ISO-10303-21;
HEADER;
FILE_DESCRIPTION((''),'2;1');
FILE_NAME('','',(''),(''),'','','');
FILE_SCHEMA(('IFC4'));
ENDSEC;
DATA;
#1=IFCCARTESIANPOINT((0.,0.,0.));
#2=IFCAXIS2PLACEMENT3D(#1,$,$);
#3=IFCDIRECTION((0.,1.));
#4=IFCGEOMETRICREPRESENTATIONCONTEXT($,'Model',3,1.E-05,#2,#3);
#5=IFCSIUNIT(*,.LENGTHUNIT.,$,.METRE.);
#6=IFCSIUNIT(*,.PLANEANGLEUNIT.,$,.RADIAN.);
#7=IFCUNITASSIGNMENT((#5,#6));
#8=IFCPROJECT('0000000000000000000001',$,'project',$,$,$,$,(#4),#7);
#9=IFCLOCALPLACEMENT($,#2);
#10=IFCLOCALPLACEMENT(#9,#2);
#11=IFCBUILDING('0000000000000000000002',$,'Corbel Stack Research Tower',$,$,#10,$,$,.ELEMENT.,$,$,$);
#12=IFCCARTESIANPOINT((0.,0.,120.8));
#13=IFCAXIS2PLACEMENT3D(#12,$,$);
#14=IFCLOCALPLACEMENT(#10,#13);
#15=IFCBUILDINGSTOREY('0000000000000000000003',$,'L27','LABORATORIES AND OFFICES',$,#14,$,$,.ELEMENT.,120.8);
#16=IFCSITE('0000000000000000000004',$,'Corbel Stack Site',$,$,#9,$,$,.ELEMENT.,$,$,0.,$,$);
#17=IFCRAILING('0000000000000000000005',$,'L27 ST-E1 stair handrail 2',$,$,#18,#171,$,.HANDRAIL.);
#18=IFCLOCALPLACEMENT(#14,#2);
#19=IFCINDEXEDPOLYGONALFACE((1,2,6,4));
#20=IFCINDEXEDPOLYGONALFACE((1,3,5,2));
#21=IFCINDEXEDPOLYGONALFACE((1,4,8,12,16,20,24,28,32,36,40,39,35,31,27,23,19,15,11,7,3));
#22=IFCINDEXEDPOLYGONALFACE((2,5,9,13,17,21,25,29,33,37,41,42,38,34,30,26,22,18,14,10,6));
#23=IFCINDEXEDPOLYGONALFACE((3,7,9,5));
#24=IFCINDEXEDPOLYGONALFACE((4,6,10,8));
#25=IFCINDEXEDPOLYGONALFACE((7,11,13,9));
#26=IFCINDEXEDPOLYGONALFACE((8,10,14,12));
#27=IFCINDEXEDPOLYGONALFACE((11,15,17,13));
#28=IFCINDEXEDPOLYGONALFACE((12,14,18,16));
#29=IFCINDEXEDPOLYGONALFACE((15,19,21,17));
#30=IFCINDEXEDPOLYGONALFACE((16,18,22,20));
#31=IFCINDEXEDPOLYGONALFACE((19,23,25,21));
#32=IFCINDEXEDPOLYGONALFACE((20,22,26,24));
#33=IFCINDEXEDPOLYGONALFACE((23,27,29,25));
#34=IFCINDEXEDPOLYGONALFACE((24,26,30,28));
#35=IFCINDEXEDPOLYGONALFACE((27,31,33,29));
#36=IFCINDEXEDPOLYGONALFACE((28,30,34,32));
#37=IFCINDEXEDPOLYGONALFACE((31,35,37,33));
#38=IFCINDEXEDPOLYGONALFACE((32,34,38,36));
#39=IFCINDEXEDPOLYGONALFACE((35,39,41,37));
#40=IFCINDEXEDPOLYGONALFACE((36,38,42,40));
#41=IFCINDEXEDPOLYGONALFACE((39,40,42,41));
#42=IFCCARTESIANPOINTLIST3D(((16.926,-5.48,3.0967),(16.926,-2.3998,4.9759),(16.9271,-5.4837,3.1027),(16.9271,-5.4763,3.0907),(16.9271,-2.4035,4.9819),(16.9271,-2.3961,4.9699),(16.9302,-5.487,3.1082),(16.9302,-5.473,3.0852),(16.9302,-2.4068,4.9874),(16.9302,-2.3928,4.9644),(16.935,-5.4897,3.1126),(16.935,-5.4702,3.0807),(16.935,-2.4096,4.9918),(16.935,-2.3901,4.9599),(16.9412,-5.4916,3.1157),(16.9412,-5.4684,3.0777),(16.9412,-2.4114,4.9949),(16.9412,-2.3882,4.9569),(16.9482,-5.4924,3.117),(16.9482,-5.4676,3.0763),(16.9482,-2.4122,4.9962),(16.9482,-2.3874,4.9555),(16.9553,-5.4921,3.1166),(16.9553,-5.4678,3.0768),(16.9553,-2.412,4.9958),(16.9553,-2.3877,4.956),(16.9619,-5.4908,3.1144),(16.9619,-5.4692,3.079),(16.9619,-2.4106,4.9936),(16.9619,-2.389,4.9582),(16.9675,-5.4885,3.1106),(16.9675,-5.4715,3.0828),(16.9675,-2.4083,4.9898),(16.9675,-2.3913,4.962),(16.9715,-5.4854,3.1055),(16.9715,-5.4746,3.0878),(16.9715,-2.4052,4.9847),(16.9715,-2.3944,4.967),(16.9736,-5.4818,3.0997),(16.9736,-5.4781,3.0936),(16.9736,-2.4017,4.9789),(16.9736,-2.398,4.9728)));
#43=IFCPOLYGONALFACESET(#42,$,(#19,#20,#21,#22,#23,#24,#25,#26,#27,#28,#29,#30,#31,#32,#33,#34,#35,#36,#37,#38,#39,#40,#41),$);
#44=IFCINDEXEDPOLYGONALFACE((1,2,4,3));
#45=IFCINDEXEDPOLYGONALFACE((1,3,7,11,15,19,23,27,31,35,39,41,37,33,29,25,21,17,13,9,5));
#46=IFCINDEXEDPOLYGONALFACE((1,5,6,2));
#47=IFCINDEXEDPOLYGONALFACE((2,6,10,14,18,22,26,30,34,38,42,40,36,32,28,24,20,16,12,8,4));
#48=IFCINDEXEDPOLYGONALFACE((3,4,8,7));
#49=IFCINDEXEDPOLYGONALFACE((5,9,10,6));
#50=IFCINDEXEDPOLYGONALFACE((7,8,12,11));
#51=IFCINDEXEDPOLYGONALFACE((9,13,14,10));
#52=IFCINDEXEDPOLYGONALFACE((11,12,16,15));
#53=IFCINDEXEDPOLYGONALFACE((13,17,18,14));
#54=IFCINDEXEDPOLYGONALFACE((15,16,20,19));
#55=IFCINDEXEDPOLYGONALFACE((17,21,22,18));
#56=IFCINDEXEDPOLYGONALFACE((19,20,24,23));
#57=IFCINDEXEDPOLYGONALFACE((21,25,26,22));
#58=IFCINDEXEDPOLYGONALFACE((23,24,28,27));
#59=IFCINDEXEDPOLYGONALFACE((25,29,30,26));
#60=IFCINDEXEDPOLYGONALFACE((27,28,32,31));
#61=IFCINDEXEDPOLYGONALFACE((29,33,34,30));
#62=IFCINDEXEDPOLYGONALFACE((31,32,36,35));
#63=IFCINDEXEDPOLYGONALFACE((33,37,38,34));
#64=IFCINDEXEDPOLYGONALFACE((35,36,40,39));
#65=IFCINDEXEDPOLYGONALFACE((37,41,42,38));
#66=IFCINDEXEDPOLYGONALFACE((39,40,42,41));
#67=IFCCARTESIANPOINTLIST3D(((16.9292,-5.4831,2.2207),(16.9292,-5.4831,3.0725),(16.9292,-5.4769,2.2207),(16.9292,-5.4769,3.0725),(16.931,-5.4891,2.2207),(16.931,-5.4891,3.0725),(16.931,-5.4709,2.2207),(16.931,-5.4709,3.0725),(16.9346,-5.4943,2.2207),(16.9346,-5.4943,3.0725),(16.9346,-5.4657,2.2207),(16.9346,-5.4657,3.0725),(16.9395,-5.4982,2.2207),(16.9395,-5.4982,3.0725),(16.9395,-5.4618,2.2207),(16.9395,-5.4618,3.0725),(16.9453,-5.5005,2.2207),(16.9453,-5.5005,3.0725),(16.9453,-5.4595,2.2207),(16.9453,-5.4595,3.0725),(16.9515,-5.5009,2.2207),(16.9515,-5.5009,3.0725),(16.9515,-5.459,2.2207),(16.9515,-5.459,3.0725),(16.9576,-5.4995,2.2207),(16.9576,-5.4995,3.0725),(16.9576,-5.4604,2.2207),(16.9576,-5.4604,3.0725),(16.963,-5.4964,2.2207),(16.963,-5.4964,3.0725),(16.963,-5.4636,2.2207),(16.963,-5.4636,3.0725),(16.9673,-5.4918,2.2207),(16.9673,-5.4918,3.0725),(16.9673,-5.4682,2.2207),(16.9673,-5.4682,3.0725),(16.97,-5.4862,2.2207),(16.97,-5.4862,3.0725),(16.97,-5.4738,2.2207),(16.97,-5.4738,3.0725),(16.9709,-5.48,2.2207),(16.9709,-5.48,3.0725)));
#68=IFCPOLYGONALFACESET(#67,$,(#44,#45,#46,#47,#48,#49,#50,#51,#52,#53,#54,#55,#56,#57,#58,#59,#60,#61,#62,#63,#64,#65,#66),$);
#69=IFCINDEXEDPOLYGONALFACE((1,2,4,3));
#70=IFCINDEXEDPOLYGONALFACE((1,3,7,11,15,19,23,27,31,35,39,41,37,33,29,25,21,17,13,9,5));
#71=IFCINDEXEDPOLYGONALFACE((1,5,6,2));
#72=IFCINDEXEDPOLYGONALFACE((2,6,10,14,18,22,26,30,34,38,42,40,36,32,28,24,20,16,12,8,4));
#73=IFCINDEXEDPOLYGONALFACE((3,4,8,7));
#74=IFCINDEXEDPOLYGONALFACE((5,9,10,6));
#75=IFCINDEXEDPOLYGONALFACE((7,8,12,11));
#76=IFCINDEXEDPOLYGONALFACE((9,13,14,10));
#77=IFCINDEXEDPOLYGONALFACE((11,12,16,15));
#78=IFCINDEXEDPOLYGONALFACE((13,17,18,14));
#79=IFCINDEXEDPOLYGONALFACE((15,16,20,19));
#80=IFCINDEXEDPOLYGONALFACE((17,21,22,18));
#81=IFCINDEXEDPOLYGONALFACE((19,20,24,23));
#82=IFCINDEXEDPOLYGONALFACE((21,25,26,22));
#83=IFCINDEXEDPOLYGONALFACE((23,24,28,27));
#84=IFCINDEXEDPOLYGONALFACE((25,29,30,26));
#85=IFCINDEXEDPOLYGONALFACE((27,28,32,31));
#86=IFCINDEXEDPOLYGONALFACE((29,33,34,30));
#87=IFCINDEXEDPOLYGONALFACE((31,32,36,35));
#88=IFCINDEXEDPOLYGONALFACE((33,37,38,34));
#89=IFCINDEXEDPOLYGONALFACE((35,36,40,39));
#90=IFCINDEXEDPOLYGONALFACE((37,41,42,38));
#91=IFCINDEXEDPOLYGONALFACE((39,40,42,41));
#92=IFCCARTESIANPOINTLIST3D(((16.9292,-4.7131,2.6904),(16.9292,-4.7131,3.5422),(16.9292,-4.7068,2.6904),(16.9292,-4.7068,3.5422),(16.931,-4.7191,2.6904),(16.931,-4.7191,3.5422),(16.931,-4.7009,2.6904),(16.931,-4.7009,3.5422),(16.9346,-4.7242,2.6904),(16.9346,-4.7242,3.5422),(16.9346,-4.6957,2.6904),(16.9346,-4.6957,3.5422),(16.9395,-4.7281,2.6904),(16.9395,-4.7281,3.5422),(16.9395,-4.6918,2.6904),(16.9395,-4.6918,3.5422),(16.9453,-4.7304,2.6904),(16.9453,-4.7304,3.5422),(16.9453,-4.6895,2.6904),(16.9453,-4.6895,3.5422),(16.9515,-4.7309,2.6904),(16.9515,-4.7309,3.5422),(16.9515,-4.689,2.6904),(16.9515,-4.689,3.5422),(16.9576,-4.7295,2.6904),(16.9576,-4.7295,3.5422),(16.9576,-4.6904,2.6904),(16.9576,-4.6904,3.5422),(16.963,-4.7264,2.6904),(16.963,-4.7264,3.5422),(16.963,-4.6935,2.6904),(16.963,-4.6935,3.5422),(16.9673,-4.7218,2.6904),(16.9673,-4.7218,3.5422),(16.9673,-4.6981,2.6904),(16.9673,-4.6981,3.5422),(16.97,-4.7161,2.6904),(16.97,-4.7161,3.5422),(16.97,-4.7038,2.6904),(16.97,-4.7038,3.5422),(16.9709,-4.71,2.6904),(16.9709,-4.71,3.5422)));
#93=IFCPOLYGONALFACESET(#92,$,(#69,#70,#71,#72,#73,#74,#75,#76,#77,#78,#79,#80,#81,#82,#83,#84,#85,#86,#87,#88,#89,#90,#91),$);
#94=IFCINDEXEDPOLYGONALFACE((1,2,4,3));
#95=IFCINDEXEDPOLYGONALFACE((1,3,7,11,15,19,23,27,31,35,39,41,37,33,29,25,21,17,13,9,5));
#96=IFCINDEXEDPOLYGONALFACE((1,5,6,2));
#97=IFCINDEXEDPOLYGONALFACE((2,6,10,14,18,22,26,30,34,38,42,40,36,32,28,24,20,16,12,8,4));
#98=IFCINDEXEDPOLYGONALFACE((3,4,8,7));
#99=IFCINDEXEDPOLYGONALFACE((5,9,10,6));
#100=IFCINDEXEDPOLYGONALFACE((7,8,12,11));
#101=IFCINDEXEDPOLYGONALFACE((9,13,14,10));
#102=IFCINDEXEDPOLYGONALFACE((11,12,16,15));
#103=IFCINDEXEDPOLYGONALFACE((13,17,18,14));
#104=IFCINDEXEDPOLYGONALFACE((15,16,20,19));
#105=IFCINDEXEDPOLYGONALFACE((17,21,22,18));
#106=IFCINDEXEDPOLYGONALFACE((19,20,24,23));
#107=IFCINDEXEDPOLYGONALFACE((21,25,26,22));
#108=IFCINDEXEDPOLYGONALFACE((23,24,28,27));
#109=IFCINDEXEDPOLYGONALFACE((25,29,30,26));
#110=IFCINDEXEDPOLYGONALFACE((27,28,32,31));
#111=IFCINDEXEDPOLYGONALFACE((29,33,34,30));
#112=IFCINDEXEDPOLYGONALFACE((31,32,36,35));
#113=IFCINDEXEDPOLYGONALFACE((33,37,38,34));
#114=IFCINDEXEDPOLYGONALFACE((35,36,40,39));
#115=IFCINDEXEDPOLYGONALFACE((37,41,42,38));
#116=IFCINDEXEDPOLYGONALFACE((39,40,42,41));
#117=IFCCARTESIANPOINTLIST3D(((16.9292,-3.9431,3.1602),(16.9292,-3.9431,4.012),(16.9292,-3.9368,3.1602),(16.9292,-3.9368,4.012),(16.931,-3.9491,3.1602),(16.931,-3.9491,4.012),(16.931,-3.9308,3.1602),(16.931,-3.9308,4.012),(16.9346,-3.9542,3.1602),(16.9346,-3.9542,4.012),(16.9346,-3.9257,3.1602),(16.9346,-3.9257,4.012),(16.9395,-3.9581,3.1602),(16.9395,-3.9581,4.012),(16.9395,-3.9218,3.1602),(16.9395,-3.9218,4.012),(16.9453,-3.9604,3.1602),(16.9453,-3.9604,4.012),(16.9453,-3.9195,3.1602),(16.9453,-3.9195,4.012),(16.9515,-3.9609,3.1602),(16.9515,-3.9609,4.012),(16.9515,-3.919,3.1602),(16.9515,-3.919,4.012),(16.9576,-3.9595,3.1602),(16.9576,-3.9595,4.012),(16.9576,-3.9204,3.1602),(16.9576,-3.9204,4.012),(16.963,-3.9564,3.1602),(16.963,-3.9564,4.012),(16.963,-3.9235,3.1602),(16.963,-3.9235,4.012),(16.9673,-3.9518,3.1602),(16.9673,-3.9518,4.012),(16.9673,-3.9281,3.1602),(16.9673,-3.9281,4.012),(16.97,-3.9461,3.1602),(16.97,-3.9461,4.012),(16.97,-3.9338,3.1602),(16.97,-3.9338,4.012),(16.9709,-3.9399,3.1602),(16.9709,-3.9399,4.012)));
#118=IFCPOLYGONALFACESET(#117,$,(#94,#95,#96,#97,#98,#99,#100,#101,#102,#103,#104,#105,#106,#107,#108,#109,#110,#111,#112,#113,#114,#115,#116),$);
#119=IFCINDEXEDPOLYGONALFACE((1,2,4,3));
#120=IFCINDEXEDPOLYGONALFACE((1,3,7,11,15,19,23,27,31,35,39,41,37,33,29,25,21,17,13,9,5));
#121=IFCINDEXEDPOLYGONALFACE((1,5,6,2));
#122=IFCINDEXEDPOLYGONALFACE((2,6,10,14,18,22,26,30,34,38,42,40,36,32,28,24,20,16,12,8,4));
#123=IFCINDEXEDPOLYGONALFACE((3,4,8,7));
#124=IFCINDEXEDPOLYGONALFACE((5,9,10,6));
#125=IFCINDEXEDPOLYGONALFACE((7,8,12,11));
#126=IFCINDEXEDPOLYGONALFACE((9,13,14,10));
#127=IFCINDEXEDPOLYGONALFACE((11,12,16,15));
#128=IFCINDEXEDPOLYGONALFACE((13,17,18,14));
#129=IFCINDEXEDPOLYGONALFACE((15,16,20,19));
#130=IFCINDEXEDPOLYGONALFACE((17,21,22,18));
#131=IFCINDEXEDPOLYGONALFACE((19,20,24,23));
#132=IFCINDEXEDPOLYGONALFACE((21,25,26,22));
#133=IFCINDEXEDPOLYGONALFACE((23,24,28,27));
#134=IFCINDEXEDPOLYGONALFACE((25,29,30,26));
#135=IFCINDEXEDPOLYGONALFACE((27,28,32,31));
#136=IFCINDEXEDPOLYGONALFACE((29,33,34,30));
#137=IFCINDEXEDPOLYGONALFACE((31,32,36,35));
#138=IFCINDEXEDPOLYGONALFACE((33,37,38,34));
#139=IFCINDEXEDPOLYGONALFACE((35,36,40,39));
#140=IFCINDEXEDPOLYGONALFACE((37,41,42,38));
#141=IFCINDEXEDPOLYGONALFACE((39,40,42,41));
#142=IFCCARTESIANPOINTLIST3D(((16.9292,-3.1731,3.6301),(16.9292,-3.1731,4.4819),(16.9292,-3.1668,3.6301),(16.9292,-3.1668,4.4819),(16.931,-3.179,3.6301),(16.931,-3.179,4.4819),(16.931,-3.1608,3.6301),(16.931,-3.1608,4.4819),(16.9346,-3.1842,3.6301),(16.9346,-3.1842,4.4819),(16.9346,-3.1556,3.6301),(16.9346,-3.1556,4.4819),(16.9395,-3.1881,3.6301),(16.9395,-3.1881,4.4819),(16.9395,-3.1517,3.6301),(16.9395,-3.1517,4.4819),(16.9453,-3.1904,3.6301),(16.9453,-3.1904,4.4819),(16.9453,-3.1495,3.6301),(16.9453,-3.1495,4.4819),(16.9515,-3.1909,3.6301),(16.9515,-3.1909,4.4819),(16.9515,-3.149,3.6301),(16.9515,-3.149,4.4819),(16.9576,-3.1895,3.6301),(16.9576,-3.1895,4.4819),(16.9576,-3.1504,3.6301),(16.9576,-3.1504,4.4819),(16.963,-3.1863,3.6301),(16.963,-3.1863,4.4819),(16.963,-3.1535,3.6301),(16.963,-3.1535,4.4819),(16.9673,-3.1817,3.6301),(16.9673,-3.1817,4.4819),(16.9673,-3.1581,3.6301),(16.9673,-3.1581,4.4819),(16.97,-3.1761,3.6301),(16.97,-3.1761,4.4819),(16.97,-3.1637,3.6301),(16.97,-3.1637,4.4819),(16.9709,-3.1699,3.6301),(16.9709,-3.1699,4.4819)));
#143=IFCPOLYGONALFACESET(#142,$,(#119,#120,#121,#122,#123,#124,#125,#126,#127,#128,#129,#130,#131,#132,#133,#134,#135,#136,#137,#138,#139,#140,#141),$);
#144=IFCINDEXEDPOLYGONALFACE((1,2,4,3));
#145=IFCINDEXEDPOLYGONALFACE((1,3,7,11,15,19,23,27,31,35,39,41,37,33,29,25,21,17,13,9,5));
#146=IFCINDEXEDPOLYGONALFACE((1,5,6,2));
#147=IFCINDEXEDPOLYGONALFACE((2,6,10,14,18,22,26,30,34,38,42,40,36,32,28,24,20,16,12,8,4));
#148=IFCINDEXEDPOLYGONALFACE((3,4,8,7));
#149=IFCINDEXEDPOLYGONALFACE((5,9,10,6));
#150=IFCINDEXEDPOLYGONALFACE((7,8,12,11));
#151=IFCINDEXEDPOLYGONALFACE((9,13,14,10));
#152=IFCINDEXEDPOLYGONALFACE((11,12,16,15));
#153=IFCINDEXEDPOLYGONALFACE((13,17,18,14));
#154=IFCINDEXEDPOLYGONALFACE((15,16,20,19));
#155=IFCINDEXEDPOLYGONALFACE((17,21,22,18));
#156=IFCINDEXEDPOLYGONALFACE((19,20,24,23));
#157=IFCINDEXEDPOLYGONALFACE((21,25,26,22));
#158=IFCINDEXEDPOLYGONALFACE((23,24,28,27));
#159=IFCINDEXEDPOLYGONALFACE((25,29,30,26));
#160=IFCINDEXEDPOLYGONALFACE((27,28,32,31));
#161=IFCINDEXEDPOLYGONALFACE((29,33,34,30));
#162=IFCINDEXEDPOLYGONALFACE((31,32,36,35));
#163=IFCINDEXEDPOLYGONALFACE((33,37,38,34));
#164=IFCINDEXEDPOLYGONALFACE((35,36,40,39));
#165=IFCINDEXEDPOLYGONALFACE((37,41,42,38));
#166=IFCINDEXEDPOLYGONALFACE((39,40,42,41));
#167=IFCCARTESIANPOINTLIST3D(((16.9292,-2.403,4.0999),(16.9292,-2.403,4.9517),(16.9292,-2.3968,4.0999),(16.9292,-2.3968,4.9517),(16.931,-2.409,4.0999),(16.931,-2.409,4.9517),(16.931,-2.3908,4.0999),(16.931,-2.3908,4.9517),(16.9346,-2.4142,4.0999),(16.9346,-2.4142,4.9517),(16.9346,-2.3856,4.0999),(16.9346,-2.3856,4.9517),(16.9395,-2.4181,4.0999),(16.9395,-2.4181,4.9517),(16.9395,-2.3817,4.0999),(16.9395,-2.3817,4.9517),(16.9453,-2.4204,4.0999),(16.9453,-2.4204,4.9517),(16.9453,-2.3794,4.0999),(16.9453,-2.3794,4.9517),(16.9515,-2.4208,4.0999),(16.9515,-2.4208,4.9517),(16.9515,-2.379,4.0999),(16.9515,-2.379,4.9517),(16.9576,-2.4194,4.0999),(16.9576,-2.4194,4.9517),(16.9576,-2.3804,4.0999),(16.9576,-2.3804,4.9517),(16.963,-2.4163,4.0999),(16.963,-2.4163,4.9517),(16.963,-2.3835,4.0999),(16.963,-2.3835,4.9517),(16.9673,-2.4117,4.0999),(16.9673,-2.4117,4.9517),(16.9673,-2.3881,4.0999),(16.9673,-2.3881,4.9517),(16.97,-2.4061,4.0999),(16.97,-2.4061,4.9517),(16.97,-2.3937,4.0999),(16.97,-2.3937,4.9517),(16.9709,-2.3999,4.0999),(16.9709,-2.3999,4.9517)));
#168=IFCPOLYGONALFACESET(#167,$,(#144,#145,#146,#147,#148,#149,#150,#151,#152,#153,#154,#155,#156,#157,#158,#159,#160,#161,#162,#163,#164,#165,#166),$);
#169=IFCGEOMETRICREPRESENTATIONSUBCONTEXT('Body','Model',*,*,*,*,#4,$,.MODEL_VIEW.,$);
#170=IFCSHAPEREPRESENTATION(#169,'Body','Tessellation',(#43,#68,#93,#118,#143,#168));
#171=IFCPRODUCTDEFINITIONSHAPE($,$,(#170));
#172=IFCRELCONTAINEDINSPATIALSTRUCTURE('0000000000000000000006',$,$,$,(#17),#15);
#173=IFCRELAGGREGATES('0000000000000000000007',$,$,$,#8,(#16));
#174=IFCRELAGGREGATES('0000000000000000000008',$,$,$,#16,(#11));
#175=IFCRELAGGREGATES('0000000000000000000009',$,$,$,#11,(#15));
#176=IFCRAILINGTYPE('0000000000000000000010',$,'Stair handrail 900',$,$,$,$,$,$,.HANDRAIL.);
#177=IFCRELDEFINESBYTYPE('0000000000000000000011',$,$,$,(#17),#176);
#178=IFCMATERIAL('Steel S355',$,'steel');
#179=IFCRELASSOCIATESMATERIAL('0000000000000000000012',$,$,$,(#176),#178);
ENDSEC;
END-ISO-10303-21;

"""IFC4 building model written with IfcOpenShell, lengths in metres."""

from ifc_helpers import new_model, si_unit, direction, frame, origin, origin_2d, place, context, subcontext, project, spatial, circle, extrude, material, type_object, element, save


model = new_model("IFC4")

# Units and contexts
model_context = context("Model", 3, precision=1e-05, world=origin(), true_north=direction((0.0, 1.0)))
body_context = subcontext(model_context, "Body", "Model", "MODEL_VIEW")
ifc_project = project(units=[si_unit("LENGTHUNIT", "METRE"), si_unit("PLANEANGLEUNIT", "RADIAN")], contexts=[model_context])

# Site, building, storey
site_placement = place(None, origin())
site = spatial("IfcSite", under=ifc_project, at=site_placement, Name="Corbel Stack Site", CompositionType="ELEMENT", RefElevation=0.0)
building_placement = place(site_placement, origin())
building = spatial("IfcBuilding", under=site, at=building_placement, Name="Corbel Stack Research Tower", CompositionType="ELEMENT")
storey_placement = place(building_placement, frame((0.0, 0.0, 120.8)))
storey = spatial("IfcBuildingStorey", under=building, at=storey_placement, Name="L27", Description="LABORATORIES AND OFFICES", CompositionType="ELEMENT", Elevation=120.8)

# Railing
ifc_material_1 = material(Name="Steel S355", Category="steel")
railing_type_1 = type_object("IfcRailingType", Name="Stair handrail 900", PredefinedType="HANDRAIL", material=ifc_material_1)
railing_1_placement = place(storey_placement, frame((16.95, -5.48, 2.2207)))
element("IfcRailing", 1, at=railing_1_placement, inside=storey, type_object=railing_type_1, Name="L27 ST-E1 stair handrail 2", PredefinedType="HANDRAIL", context=body_context, shape_type="SweptSolid", body=[
    extrude(circle(Radius=0.0239, at=origin_2d()), frame((0.0, 0.0, 0.876), z_axis=(0.0, 0.853666, 0.52082), x_axis=(-1.0, 0.0, 0.0)), (0.0, 0.0, 1.0), 3.6082),
    extrude(circle(Radius=0.021, at=origin_2d()), origin(), (0.0, 0.0, 1.0), 0.8518),
    extrude(circle(Radius=0.021, at=origin_2d()), frame((0.0, 0.77, 0.4697)), (0.0, 0.0, 1.0), 0.8518),
    extrude(circle(Radius=0.021, at=origin_2d()), frame((0.0, 1.54, 0.9395)), (0.0, 0.0, 1.0), 0.8518),
    extrude(circle(Radius=0.021, at=origin_2d()), frame((0.0, 2.3101, 1.4094)), (0.0, 0.0, 1.0), 0.8518),
    extrude(circle(Radius=0.021, at=origin_2d()), frame((0.0, 3.0801, 1.8792)), (0.0, 0.0, 1.0), 0.8518),
])

save(model, "model.ifc")
